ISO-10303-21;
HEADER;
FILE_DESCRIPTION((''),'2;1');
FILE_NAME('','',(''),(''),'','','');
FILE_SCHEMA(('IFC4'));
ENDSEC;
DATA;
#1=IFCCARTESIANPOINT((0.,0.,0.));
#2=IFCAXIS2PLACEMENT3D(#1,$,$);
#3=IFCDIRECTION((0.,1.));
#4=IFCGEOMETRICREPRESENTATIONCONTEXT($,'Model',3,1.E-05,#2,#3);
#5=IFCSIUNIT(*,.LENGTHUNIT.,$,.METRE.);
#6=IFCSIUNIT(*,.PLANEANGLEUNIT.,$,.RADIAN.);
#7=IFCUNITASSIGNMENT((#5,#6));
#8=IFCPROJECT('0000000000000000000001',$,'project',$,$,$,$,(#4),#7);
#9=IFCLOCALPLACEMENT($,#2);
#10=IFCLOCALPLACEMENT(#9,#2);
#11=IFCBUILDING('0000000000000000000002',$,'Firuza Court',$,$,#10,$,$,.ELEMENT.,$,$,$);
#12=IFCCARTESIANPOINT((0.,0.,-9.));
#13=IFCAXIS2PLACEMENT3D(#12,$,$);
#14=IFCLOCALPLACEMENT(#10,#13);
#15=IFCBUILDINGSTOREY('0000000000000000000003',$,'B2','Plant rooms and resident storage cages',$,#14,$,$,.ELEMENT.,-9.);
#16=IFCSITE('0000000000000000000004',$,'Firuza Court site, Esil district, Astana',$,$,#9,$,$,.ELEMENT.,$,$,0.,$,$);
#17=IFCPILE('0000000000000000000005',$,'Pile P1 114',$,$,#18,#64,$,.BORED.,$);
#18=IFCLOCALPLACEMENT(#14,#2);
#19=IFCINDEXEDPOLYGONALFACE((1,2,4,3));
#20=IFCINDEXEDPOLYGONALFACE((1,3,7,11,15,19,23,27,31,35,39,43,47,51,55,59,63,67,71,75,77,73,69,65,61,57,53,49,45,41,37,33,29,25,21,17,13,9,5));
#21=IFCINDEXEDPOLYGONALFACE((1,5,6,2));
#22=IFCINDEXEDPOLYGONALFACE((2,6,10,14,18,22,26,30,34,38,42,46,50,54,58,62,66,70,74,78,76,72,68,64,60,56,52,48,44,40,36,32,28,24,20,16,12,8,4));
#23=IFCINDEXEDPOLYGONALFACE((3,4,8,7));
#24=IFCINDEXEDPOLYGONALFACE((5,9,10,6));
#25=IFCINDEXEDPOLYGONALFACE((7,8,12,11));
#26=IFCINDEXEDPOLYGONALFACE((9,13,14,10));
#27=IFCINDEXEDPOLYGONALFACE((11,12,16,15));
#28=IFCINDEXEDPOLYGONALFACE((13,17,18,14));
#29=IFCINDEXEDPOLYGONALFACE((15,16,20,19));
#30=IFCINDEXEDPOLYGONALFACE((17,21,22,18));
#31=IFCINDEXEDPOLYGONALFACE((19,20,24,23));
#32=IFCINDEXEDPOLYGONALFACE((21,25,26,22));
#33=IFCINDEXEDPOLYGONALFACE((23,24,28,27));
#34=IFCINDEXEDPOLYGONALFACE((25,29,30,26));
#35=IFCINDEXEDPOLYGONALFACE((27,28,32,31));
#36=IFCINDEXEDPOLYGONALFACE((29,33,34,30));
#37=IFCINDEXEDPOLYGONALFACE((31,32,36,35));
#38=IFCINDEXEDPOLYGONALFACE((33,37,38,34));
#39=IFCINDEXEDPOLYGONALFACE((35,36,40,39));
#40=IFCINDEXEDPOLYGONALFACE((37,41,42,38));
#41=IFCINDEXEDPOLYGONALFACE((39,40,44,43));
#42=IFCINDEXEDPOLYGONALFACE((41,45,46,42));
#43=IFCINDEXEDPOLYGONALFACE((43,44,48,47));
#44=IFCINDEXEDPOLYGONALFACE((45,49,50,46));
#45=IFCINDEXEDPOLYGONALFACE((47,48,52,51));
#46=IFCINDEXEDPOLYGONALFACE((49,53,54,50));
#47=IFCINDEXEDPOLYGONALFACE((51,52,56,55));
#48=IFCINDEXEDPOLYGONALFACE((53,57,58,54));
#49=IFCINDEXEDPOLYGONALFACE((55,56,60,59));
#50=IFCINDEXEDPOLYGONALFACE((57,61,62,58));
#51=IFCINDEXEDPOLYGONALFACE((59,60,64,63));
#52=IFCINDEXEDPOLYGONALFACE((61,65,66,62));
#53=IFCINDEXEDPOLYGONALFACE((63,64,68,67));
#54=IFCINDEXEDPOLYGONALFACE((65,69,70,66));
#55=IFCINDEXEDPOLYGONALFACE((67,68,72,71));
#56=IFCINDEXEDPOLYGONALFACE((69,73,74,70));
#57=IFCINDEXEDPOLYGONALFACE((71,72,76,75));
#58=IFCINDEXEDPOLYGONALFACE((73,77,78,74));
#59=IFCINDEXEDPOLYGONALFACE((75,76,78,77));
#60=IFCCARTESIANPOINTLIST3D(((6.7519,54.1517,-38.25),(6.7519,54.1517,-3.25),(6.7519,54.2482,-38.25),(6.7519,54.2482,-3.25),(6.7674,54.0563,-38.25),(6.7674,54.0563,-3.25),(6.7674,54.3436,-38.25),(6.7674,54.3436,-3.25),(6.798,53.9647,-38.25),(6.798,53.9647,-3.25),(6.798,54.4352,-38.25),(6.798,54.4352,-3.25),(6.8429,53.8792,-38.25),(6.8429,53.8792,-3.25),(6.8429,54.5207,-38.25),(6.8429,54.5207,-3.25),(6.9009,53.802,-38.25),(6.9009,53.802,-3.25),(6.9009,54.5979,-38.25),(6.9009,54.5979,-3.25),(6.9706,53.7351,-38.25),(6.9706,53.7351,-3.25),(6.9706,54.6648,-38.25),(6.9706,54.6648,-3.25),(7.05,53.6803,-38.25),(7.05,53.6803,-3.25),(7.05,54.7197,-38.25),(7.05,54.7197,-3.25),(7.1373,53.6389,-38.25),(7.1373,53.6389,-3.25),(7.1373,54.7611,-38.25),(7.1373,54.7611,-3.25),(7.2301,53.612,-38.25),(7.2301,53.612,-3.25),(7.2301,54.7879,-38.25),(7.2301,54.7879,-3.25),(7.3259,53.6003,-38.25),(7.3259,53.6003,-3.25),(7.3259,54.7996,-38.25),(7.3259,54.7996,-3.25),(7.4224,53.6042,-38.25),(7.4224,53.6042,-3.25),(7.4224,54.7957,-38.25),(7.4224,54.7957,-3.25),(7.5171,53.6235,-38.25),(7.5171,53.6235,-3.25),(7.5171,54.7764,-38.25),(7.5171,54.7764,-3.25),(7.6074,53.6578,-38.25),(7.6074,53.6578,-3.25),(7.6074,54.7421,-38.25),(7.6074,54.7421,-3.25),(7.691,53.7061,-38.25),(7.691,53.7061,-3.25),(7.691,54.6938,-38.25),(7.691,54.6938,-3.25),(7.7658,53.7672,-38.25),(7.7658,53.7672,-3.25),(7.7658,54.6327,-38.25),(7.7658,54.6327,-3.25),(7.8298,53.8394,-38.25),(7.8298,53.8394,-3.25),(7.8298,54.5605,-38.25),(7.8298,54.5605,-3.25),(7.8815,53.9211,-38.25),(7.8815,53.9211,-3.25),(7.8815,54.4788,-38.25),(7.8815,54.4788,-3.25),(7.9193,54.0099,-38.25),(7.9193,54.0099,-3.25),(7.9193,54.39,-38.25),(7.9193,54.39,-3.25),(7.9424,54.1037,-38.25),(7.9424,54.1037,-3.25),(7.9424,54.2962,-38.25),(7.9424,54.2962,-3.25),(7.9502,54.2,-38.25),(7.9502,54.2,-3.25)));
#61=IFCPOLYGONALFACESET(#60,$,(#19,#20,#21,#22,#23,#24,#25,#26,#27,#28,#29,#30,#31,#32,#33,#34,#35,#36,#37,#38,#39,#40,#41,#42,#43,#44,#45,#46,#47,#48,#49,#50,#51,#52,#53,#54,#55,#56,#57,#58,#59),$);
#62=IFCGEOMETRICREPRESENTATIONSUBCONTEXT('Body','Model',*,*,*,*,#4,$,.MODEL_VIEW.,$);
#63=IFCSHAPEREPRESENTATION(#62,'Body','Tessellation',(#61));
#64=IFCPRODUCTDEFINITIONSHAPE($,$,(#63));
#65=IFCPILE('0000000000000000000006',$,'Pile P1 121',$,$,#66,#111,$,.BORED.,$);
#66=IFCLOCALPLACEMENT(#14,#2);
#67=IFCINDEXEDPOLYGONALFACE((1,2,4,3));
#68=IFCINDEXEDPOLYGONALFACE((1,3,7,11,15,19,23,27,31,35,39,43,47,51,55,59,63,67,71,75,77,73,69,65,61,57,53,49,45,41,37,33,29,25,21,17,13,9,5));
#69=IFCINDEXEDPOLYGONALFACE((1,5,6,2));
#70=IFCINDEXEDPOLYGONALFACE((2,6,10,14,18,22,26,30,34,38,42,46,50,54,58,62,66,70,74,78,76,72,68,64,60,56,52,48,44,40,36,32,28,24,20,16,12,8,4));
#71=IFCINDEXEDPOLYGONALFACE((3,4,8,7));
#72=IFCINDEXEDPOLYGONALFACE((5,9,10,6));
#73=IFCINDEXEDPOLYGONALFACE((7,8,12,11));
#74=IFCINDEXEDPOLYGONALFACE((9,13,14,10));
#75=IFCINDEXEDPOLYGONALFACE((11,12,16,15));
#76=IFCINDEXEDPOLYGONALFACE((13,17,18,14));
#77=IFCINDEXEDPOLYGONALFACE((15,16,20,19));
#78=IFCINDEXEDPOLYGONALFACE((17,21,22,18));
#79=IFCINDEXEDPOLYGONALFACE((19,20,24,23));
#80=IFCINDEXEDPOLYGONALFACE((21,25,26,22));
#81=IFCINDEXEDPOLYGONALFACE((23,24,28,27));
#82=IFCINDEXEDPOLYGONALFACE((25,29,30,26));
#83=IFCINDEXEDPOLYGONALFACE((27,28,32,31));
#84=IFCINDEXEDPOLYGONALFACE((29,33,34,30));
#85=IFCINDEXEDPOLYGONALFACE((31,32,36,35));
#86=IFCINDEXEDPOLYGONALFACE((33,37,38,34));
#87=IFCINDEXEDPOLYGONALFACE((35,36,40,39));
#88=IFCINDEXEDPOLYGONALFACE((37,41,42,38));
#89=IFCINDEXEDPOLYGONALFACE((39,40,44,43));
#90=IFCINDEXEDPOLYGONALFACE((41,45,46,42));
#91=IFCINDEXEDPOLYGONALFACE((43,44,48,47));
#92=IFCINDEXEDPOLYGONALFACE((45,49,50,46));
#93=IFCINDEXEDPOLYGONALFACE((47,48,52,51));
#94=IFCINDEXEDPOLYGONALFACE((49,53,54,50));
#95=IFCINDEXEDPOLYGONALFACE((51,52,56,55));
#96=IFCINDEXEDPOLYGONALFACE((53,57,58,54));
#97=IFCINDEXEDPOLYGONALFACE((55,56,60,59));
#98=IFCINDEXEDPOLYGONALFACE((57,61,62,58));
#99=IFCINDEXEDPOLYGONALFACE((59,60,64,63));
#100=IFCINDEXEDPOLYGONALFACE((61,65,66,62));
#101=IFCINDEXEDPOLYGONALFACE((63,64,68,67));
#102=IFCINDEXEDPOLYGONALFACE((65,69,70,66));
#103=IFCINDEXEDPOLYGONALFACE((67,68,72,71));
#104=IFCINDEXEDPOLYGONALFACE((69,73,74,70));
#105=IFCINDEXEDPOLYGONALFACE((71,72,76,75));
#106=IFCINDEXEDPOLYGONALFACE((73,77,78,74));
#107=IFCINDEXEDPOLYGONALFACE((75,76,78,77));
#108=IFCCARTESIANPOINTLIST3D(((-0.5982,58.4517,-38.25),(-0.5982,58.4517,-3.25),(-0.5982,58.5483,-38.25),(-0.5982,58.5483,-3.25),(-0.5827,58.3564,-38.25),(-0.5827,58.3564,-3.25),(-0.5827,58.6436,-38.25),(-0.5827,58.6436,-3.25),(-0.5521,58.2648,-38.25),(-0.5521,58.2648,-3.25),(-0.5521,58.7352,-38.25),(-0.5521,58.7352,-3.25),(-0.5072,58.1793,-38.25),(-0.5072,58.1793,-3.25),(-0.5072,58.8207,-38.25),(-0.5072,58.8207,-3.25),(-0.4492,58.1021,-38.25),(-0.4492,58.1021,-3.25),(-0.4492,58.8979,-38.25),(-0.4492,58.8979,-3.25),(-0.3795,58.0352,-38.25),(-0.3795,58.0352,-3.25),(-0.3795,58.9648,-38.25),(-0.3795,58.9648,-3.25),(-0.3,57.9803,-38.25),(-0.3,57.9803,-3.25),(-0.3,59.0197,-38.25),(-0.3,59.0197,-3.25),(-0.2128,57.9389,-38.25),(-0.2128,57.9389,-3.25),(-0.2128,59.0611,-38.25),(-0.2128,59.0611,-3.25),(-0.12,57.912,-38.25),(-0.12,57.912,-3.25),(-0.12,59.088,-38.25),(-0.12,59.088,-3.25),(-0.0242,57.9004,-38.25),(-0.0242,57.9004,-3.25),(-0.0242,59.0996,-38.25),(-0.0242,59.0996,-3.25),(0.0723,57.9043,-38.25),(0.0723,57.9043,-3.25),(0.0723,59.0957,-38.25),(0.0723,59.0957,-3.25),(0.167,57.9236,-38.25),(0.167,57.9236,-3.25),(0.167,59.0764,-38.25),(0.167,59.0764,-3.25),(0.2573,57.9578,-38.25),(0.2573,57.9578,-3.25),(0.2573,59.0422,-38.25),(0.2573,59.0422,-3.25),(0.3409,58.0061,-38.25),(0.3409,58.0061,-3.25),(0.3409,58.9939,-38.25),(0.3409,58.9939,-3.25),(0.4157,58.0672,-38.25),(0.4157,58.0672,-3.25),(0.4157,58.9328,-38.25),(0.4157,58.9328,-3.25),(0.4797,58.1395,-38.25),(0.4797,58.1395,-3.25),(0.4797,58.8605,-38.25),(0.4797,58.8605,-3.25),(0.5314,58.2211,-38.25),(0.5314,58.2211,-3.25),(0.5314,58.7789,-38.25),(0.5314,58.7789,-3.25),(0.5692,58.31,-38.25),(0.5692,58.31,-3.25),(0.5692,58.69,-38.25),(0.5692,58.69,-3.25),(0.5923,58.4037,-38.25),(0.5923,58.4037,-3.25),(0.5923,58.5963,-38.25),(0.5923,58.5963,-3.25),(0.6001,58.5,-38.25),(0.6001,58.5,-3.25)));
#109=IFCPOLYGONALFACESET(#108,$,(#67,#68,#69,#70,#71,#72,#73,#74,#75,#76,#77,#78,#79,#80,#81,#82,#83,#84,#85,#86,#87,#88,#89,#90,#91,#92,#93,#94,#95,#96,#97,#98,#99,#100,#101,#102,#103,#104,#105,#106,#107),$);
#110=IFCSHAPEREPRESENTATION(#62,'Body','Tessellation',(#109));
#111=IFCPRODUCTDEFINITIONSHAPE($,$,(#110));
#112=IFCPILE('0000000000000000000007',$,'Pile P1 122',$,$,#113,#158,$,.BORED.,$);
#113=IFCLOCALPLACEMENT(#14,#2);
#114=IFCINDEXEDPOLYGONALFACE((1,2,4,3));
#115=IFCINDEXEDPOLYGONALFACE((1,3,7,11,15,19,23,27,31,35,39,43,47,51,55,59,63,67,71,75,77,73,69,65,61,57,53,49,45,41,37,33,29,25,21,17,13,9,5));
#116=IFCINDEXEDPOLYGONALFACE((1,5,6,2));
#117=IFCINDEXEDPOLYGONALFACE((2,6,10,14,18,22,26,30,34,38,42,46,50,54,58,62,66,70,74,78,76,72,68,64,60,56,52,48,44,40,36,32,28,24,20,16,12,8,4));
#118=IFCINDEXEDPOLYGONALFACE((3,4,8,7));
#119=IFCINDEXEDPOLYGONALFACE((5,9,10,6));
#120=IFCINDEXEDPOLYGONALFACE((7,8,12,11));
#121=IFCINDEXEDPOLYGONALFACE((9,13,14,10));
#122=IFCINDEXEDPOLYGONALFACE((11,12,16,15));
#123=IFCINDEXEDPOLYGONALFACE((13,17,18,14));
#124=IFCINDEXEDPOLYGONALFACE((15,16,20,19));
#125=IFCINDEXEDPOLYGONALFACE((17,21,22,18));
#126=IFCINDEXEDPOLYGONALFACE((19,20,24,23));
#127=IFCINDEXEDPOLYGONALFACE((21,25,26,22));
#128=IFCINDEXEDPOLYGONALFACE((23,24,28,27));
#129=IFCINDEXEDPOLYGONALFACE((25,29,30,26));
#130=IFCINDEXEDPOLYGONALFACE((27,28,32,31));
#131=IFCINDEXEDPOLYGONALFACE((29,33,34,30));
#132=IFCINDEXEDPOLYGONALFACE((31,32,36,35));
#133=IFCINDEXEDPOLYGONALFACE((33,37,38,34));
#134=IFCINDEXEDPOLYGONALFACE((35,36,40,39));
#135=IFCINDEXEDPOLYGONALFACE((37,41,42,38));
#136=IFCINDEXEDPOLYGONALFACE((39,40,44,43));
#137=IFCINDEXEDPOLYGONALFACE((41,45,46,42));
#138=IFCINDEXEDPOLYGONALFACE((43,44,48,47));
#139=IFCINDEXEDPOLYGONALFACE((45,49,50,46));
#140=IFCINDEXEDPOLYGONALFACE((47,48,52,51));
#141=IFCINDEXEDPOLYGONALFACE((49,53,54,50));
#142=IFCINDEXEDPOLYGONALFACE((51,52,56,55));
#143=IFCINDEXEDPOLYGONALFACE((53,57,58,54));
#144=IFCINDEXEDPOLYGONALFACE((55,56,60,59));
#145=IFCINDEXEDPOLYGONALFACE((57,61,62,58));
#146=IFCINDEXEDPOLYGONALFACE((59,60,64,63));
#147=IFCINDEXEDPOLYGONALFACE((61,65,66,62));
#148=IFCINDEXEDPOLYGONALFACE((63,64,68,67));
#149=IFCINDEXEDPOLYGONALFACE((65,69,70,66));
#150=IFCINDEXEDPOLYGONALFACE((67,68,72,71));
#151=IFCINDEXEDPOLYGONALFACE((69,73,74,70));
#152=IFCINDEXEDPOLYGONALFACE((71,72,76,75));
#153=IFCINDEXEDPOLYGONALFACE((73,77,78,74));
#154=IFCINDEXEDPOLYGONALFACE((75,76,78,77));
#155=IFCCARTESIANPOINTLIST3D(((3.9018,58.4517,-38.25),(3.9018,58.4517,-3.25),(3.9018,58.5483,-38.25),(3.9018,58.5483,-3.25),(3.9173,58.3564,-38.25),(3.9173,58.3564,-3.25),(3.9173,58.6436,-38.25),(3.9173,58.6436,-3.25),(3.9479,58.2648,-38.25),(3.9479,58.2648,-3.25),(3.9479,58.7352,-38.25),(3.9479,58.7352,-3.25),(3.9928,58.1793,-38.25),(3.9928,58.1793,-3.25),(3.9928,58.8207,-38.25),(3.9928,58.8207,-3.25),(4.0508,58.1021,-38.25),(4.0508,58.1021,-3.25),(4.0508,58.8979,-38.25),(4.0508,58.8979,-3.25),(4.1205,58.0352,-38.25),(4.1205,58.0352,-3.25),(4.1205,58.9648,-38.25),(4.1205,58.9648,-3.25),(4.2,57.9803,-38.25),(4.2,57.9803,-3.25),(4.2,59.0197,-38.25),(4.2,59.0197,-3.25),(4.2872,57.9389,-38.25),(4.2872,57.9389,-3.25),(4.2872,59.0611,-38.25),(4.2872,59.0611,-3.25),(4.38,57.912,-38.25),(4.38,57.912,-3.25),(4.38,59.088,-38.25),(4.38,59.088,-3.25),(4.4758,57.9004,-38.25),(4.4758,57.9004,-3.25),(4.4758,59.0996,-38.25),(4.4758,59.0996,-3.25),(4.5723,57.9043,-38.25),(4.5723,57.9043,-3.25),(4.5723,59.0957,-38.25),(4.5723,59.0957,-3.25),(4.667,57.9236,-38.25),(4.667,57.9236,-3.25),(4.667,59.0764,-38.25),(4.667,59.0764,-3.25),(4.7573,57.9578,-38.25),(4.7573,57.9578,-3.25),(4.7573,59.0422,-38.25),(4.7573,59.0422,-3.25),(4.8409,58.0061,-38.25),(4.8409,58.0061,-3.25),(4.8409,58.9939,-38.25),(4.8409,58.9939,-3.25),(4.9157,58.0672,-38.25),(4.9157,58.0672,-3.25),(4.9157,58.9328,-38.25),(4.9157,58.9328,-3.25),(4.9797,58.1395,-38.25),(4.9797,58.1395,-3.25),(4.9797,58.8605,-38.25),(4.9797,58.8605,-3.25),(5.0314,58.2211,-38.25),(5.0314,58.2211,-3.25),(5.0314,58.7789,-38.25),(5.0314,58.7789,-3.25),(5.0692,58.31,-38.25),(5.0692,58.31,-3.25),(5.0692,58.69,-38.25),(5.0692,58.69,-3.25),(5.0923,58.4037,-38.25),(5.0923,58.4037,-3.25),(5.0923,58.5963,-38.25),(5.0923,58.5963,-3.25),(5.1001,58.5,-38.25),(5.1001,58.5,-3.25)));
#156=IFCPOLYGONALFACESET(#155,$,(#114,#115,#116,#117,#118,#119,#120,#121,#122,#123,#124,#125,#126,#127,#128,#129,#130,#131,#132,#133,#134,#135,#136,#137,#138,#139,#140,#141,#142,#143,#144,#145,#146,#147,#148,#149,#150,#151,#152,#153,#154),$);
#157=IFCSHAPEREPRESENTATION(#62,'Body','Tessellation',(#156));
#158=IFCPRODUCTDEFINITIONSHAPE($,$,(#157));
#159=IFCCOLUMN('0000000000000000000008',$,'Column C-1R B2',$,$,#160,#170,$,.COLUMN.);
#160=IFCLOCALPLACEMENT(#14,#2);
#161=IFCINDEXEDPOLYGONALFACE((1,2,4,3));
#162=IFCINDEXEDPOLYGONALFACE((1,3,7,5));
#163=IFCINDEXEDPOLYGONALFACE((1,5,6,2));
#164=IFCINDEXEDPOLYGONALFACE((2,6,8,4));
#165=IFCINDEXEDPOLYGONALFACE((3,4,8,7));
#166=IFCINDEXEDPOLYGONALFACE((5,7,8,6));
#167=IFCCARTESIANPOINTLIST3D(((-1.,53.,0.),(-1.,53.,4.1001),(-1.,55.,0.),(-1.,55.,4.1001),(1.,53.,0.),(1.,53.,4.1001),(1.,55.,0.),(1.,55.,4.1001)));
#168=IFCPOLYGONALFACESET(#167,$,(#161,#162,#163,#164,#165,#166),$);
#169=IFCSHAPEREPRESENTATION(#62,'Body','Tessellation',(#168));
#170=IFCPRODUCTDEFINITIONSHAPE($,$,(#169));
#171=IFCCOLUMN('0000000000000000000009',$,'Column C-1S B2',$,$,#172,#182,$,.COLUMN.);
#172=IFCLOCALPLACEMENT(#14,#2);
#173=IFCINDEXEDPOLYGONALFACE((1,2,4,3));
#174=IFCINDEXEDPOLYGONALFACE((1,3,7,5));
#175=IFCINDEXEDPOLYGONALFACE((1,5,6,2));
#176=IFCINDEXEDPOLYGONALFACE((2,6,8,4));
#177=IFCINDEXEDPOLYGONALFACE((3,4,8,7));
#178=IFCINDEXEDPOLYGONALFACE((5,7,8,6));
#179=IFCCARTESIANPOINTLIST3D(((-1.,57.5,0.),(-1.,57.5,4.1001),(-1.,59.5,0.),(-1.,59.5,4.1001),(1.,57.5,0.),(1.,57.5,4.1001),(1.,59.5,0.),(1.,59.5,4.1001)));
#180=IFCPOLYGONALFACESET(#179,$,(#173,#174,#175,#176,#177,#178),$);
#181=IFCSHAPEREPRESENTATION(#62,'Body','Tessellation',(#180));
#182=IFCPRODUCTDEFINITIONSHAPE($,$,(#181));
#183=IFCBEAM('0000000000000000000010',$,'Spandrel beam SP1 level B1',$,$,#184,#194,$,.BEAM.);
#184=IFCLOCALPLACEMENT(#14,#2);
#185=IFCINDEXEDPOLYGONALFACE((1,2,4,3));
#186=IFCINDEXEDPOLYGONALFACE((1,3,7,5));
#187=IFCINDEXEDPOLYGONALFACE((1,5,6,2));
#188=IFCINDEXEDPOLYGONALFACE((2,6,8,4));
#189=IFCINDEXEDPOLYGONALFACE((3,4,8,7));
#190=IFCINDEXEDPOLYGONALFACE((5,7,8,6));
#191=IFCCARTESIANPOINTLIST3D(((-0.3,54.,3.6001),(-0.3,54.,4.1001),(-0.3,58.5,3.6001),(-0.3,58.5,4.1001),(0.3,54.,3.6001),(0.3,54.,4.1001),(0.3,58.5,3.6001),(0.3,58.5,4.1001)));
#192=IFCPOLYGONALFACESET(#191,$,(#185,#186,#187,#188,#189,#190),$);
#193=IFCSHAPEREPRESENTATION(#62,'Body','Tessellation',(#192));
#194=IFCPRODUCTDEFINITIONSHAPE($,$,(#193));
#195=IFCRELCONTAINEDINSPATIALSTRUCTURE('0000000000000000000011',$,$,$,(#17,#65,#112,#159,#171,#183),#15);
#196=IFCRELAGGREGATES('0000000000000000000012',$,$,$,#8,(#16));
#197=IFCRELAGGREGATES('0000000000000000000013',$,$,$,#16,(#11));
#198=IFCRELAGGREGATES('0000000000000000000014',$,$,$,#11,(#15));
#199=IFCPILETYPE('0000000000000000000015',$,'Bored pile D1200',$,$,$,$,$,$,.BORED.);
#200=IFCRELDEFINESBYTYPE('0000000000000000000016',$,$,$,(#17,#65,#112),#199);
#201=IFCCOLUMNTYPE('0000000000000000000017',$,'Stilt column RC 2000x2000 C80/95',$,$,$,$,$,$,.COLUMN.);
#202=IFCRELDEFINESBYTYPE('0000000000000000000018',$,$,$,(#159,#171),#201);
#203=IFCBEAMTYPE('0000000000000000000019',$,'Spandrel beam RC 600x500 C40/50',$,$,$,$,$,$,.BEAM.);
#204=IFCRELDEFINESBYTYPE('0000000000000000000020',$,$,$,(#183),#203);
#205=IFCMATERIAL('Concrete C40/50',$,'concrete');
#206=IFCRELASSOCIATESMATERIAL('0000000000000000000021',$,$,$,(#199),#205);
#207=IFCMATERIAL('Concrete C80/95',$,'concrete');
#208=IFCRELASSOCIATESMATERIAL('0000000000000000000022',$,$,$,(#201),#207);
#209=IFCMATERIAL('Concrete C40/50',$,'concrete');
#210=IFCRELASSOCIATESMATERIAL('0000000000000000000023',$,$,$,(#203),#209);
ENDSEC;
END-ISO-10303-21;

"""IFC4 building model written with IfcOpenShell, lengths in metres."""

from ifc_helpers import new_model, si_unit, direction, frame, origin, origin_2d, place, context, subcontext, project, spatial, rectangle, circle, extrude, material, material_profile, profile_set, type_object, element, save


model = new_model("IFC4")

# Units and contexts
model_context = context("Model", 3, precision=1e-05, world=origin(), true_north=direction((0.0, 1.0)))
body_context = subcontext(model_context, "Body", "Model", "MODEL_VIEW")
ifc_project = project(units=[si_unit("LENGTHUNIT", "METRE"), si_unit("PLANEANGLEUNIT", "RADIAN")], contexts=[model_context])

# Site, building, storey
site_placement = place(None, origin())
site = spatial("IfcSite", under=ifc_project, at=site_placement, Name="Firuza Court site, Esil district, Astana", CompositionType="ELEMENT", RefElevation=0.0)
building_placement = place(site_placement, origin())
building = spatial("IfcBuilding", under=site, at=building_placement, Name="Firuza Court", CompositionType="ELEMENT")
storey_placement = place(building_placement, frame((0.0, 0.0, -9.0)))
storey = spatial("IfcBuildingStorey", under=building, at=storey_placement, Name="B2", Description="Plant rooms and resident storage cages", CompositionType="ELEMENT", Elevation=-9.0)

# Piles
ifc_material_1 = material(Name="Concrete C40/50", Category="concrete")
ifc_material_profile_1 = material_profile(ifc_material_1, circle(Radius=0.6001, at=origin_2d()), Name="Pile D1200")
ifc_profile_set_1 = profile_set([ifc_material_profile_1], Name="Concrete C40/50")
pile_type = type_object("IfcPileType", Name="Bored pile D1200", PredefinedType="BORED", material=ifc_profile_set_1)
for number, where, z_axis, x_axis, name in (
    (1, (7.3501, 54.2, -3.25), (0.0, 0.0, -1.0), (1.0, 0.0, 0.0), "Pile P1 114"),
    (2, (0.0, 58.5, -3.25), (0.0, 0.0, -1.0), (1.0, 0.0, 0.0), "Pile P1 121"),
    (3, (4.5, 58.5, -3.25), (0.0, 0.0, -1.0), (1.0, 0.0, 0.0), "Pile P1 122"),
):
    element("IfcPile", number, at=place(storey_placement, frame(where, z_axis=z_axis, x_axis=x_axis)), inside=storey, type_object=pile_type, Name=name, PredefinedType="BORED", context=body_context, shape_type="SweptSolid", body=[
        extrude(circle(Radius=0.6001, at=origin_2d()), origin(), (0.0, 0.0, 1.0), 35.0),
    ])

# Columns
ifc_material_2 = material(Name="Concrete C80/95", Category="concrete")
ifc_material_profile_2 = material_profile(ifc_material_2, rectangle(XDim=2.0, YDim=2.0, at=origin_2d()), Name="RC 2000x2000")
ifc_profile_set_2 = profile_set([ifc_material_profile_2], Name="Concrete C80/95")
column_type = type_object("IfcColumnType", Name="Stilt column RC 2000x2000 C80/95", PredefinedType="COLUMN", material=ifc_profile_set_2)
for number, where, z_axis, x_axis, name in (
    (4, (0.0, 54.0, 0.0), (0.0, 0.0, 1.0), (1.0, 0.0, 0.0), "Column C-1R B2"),
    (5, (0.0, 58.5, 0.0), (0.0, 0.0, 1.0), (1.0, 0.0, 0.0), "Column C-1S B2"),
):
    element("IfcColumn", number, at=place(storey_placement, frame(where, z_axis=z_axis, x_axis=x_axis)), inside=storey, type_object=column_type, Name=name, PredefinedType="COLUMN", context=body_context, shape_type="SweptSolid", body=[
        extrude(rectangle(XDim=2.0, YDim=2.0, at=origin_2d()), origin(), (0.0, 0.0, 1.0), 4.1001),
    ])

# Beam
ifc_material_3 = material(Name="Concrete C40/50", Category="concrete")
ifc_material_profile_3 = material_profile(ifc_material_3, rectangle(XDim=0.6001, YDim=0.5, at=origin_2d()), Name="RC 600x500")
ifc_profile_set_3 = profile_set([ifc_material_profile_3], Name="Concrete C40/50")
beam_type_1 = type_object("IfcBeamType", Name="Spandrel beam RC 600x500 C40/50", PredefinedType="BEAM", material=ifc_profile_set_3)
beam_1_placement = place(storey_placement, frame((0.0, 58.5, 3.8501), z_axis=(0.0, -1.0, 0.0), x_axis=(1.0, 0.0, 0.0)))
element("IfcBeam", 6, at=beam_1_placement, inside=storey, type_object=beam_type_1, Name="Spandrel beam SP1 level B1", PredefinedType="BEAM", context=body_context, shape_type="SweptSolid", body=[
    extrude(rectangle(XDim=0.6001, YDim=0.5, at=origin_2d()), origin(), (0.0, 0.0, 1.0), 4.5),
])

save(model, "model.ifc")
